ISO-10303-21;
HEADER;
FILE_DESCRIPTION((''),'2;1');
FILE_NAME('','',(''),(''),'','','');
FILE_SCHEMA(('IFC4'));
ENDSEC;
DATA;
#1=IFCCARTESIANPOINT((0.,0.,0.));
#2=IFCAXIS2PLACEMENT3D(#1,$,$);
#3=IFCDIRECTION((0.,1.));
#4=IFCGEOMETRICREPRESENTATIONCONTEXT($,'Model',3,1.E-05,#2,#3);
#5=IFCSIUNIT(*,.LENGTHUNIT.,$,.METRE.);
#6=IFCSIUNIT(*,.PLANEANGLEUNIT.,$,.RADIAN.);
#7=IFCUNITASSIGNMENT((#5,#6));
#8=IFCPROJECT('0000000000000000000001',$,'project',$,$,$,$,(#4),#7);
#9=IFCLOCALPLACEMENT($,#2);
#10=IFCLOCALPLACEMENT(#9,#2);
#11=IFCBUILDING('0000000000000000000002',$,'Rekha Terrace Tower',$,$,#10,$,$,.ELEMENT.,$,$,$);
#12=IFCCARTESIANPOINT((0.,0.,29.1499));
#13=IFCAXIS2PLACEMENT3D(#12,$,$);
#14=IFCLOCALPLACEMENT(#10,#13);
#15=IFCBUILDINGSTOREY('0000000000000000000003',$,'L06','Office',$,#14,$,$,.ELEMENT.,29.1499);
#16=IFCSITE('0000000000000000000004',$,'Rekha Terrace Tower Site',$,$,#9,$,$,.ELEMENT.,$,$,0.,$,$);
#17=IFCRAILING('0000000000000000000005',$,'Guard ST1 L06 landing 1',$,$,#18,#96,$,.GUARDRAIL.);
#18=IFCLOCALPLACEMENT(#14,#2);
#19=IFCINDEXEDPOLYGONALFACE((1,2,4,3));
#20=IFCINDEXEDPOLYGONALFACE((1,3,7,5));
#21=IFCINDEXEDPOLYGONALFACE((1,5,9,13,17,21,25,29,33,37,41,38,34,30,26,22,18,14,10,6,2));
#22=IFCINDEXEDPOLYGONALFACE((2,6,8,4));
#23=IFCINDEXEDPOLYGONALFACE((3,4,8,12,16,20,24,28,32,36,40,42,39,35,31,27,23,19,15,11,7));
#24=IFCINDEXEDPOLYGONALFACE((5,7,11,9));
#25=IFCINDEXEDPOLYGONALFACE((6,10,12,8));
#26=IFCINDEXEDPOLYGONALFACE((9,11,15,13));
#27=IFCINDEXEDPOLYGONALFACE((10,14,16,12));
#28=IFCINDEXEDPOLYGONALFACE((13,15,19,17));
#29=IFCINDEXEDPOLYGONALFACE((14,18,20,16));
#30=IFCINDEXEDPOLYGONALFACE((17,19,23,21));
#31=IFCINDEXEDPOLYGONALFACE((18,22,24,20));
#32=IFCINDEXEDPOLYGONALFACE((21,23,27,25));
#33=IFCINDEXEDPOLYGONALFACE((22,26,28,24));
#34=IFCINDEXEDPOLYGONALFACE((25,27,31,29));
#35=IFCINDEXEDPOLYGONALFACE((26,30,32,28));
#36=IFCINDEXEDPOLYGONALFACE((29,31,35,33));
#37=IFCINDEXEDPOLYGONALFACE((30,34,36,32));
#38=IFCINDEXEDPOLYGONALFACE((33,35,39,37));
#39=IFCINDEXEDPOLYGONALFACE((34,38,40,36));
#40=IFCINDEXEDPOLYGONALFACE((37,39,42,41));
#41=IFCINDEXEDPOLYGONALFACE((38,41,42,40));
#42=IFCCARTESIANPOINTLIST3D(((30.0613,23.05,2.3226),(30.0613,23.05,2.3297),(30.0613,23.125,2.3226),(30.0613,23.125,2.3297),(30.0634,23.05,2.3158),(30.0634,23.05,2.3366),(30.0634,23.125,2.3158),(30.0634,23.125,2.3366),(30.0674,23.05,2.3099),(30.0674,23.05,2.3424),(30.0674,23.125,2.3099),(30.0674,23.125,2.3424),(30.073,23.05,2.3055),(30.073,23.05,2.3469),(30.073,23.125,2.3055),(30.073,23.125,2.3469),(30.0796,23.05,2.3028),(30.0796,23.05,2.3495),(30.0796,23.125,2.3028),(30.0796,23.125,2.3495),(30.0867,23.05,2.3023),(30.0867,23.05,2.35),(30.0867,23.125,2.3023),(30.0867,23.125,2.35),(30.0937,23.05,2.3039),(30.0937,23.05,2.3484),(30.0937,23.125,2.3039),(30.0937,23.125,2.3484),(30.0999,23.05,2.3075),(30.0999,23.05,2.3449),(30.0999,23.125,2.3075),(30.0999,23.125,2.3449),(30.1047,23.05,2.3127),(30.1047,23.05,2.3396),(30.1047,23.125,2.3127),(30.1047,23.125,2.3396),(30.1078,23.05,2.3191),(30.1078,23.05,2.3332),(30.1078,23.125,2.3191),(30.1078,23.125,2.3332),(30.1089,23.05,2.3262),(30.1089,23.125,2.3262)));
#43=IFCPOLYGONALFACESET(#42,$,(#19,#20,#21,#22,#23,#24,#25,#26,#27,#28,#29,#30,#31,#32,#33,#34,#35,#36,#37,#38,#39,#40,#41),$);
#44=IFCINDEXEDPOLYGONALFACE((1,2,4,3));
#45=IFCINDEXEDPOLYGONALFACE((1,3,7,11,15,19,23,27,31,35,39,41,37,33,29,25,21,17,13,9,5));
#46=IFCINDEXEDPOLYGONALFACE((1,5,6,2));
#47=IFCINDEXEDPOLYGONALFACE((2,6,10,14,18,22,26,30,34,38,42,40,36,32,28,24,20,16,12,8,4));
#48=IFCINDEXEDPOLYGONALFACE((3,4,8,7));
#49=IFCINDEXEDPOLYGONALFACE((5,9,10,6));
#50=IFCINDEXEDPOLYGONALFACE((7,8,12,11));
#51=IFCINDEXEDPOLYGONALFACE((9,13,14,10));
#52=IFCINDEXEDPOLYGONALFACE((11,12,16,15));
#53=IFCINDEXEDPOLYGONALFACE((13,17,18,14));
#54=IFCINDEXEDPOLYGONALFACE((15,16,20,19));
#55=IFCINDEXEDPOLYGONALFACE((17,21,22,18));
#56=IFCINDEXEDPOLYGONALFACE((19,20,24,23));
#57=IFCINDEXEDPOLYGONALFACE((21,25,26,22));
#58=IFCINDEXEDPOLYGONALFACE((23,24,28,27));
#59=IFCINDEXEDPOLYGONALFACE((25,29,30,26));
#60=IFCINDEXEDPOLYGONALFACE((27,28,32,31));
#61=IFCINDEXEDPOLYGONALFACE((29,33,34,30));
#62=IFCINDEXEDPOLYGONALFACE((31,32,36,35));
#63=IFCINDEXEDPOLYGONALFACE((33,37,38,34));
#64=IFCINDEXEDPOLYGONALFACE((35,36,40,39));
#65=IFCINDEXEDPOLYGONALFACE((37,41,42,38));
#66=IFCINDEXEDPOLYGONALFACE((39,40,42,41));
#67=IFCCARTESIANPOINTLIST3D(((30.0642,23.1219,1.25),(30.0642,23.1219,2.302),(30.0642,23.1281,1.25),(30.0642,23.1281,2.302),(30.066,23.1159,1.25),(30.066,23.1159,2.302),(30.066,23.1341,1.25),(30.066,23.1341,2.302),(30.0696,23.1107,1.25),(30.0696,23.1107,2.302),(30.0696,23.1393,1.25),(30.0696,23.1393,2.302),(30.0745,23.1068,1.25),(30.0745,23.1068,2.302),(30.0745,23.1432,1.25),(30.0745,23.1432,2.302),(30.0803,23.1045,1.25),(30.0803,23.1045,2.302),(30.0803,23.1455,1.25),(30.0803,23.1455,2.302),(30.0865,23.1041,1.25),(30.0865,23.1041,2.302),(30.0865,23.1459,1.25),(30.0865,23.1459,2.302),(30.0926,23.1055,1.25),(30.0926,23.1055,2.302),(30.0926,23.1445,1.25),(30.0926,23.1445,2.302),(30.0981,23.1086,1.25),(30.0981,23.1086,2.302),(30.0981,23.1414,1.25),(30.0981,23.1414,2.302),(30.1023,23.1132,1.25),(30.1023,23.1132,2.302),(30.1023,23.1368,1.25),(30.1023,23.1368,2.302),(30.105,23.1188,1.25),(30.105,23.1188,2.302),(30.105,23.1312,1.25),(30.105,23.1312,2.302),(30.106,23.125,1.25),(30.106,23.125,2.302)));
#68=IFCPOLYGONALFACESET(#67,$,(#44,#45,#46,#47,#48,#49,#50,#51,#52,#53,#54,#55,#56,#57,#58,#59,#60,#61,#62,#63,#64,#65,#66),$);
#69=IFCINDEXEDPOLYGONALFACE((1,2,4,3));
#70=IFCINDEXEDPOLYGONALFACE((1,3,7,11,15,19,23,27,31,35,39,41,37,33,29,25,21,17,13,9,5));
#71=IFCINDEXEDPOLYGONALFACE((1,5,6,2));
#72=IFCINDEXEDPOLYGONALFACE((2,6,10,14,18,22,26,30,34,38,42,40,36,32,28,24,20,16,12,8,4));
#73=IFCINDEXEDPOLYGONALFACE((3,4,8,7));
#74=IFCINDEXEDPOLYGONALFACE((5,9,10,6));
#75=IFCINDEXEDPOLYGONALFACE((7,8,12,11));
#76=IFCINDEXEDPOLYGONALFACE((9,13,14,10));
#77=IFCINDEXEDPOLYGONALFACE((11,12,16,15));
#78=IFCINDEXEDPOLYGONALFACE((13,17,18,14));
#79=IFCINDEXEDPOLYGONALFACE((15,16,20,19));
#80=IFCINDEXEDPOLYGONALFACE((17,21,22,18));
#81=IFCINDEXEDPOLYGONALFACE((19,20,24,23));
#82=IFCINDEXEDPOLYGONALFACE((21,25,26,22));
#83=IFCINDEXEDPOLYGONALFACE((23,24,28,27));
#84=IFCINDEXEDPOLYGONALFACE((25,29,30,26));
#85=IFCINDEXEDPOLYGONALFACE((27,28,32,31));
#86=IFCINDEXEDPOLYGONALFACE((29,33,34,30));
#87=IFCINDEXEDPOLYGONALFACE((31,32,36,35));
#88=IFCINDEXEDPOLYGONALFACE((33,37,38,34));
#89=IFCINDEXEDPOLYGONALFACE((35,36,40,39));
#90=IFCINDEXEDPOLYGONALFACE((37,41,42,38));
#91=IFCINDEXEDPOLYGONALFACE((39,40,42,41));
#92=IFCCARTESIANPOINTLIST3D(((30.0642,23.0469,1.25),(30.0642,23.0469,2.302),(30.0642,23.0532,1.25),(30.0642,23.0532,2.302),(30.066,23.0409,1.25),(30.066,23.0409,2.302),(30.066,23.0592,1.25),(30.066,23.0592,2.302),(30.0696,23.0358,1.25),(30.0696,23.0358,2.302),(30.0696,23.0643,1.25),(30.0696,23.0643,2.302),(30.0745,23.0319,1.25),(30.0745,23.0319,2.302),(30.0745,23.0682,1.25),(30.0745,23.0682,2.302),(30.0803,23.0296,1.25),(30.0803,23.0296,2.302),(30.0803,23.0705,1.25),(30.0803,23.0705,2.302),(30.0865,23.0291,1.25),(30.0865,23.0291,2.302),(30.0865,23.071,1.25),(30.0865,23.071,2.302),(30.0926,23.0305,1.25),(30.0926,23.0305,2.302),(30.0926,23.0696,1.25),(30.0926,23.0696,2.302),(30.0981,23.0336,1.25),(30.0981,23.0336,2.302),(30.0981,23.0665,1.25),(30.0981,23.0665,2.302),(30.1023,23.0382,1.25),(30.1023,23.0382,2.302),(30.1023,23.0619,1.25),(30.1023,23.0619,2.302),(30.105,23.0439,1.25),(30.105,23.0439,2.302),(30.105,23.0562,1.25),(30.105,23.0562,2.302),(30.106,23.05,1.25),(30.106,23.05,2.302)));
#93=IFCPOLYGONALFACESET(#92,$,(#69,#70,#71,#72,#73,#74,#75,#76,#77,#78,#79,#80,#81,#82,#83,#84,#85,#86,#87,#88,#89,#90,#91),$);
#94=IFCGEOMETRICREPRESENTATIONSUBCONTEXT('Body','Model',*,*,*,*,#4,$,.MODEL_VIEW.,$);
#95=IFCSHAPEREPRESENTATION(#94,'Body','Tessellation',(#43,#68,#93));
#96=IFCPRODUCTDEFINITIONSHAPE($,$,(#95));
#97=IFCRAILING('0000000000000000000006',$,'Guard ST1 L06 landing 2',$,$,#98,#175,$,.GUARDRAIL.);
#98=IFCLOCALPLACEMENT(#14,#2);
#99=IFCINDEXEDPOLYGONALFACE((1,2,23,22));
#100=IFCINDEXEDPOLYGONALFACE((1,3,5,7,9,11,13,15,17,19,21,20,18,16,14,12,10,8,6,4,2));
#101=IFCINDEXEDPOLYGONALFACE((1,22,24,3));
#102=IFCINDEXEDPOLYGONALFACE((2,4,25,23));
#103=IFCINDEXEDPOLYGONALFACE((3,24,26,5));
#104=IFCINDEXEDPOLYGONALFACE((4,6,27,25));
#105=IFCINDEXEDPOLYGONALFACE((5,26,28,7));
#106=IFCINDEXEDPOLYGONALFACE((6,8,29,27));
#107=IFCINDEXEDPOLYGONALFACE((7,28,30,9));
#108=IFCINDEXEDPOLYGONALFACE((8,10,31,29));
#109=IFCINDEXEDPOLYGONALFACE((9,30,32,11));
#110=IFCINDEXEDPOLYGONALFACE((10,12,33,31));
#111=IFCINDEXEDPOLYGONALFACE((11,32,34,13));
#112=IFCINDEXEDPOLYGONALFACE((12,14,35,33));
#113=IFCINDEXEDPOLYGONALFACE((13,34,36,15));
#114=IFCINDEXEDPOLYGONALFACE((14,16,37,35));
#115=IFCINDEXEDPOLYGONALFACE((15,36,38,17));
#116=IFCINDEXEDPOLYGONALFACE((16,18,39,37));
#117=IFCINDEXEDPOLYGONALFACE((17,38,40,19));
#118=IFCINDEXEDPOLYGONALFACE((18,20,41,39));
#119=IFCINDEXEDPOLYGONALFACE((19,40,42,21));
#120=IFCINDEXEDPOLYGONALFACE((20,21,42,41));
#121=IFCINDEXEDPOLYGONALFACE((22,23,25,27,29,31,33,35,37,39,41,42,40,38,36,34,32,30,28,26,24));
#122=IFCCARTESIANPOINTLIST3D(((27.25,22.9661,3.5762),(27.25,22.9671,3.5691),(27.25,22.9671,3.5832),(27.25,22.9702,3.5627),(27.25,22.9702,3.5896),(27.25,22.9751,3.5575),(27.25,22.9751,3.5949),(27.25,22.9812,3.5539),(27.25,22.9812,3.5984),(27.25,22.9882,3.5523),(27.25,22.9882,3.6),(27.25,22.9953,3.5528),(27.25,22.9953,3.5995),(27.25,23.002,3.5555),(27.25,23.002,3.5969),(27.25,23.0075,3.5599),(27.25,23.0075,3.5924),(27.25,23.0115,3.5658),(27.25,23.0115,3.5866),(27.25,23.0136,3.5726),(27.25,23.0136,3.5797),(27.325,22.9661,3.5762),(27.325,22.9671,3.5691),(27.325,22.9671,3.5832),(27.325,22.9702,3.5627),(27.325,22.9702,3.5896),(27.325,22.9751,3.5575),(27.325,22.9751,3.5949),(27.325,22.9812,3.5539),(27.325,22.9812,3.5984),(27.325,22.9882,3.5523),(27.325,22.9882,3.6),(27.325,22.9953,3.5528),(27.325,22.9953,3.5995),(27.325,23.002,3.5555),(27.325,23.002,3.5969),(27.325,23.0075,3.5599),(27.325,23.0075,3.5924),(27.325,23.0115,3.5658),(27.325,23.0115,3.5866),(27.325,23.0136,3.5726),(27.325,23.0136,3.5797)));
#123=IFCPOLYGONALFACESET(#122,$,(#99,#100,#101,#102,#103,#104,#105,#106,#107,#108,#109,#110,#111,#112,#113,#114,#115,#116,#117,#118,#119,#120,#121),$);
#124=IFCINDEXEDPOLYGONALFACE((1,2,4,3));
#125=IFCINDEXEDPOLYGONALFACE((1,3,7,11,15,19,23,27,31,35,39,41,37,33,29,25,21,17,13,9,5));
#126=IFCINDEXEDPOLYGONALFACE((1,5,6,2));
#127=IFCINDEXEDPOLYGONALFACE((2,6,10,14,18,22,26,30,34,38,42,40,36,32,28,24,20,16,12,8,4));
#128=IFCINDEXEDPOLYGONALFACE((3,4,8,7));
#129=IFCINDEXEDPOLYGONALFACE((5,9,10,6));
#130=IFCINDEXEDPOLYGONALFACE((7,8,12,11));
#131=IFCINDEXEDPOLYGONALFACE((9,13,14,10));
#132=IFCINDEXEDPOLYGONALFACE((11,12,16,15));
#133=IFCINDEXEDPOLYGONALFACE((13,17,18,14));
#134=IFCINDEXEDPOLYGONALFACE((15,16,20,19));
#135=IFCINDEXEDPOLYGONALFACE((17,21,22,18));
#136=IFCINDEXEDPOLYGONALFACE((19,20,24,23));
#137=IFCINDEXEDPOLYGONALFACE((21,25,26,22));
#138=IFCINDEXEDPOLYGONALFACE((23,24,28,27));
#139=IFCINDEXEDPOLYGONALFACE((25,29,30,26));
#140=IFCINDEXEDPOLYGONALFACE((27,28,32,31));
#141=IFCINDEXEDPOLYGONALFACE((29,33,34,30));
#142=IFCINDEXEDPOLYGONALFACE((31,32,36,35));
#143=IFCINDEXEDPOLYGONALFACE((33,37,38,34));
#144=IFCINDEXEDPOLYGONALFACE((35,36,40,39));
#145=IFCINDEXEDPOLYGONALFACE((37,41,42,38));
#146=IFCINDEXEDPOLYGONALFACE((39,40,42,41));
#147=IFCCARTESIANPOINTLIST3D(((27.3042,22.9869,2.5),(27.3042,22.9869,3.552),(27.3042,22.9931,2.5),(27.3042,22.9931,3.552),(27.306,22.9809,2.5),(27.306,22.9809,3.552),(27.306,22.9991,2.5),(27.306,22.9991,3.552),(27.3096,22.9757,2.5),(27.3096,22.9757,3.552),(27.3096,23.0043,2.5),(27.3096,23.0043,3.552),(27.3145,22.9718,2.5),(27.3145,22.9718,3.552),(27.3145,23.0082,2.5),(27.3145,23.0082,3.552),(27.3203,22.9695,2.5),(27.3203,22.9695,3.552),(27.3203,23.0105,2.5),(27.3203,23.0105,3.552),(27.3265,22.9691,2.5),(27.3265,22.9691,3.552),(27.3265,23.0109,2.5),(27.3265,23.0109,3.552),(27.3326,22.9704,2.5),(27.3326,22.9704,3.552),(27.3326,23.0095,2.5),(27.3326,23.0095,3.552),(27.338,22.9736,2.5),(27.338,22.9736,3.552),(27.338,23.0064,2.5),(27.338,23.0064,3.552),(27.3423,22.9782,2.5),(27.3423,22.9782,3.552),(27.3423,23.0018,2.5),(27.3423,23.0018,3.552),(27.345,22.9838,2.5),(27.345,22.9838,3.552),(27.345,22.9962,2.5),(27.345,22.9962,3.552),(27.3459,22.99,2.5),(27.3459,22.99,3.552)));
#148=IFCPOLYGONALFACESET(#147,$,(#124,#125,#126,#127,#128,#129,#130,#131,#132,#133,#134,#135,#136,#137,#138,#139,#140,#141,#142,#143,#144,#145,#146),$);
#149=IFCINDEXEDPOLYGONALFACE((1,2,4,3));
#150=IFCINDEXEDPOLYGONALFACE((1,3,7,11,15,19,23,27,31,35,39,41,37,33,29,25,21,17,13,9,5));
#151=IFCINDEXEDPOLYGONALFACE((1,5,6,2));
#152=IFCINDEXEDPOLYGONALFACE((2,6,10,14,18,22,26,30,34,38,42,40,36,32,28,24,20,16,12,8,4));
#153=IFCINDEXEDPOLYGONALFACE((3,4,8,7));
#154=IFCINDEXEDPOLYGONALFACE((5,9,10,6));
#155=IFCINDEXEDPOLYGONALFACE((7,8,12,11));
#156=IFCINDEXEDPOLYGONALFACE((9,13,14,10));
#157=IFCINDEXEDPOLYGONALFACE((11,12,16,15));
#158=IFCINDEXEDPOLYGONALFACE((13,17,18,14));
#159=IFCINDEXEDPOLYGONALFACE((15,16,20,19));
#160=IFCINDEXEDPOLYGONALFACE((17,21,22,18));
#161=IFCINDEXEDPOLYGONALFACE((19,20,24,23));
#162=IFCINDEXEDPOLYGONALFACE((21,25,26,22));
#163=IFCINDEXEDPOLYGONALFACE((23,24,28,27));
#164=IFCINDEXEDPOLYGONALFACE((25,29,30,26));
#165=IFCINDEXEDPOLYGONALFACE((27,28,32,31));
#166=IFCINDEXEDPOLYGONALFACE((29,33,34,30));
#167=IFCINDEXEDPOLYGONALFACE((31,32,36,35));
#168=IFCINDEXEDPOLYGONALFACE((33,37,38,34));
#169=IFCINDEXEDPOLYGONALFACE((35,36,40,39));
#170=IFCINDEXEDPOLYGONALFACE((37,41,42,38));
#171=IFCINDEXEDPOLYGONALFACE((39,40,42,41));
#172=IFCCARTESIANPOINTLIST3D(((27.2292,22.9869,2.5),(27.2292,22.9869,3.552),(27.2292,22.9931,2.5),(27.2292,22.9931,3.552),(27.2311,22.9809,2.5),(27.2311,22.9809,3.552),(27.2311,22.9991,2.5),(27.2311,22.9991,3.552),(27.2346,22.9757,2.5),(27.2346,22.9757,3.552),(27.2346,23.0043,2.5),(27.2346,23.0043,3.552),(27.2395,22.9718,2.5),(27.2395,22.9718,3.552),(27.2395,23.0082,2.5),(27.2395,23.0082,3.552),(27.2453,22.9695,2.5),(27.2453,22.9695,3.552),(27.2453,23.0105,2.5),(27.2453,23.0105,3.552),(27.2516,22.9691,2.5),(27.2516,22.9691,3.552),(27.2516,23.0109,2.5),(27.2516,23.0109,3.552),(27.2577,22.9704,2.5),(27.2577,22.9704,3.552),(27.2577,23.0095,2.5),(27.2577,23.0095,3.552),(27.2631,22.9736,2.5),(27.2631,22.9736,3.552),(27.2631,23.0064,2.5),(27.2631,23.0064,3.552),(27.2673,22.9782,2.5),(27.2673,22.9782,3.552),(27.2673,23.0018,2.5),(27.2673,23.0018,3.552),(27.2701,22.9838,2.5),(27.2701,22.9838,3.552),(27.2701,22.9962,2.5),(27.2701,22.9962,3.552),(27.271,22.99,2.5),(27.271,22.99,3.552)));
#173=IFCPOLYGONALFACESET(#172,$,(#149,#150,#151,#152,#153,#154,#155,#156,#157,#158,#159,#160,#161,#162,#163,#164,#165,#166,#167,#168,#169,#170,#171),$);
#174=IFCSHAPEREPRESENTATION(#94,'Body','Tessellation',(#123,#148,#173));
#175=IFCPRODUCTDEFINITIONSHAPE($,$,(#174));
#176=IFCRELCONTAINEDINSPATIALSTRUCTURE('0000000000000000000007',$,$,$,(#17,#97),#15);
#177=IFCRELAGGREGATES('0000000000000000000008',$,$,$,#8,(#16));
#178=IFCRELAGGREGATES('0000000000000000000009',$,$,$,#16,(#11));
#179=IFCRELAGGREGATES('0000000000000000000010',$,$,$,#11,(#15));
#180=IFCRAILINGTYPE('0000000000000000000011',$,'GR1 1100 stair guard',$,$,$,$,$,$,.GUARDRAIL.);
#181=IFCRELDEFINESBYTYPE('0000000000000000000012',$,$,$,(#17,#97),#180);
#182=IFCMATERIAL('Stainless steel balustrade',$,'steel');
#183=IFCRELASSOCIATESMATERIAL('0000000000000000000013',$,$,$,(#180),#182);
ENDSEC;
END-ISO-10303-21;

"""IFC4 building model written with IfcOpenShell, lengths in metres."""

from ifc_helpers import new_model, si_unit, direction, frame, origin, origin_2d, place, context, subcontext, project, spatial, circle, extrude, material, type_object, element, save


model = new_model("IFC4")

# Units and contexts
model_context = context("Model", 3, precision=1e-05, world=origin(), true_north=direction((0.0, 1.0)))
body_context = subcontext(model_context, "Body", "Model", "MODEL_VIEW")
ifc_project = project(units=[si_unit("LENGTHUNIT", "METRE"), si_unit("PLANEANGLEUNIT", "RADIAN")], contexts=[model_context])

# Site, building, storey
site_placement = place(None, origin())
site = spatial("IfcSite", under=ifc_project, at=site_placement, Name="Rekha Terrace Tower Site", CompositionType="ELEMENT", RefElevation=0.0)
building_placement = place(site_placement, origin())
building = spatial("IfcBuilding", under=site, at=building_placement, Name="Rekha Terrace Tower", CompositionType="ELEMENT")
storey_placement = place(building_placement, frame((0.0, 0.0, 29.1499)))
storey = spatial("IfcBuildingStorey", under=building, at=storey_placement, Name="L06", Description="Office", CompositionType="ELEMENT", Elevation=29.1499)

# Railings
ifc_material_1 = material(Name="Stainless steel balustrade", Category="steel")
railing_type_1 = type_object("IfcRailingType", Name="GR1 1100 stair guard", PredefinedType="GUARDRAIL", material=ifc_material_1)
railing_1_placement = place(storey_placement, frame((30.085, 23.125, 1.25)))
element("IfcRailing", 1, at=railing_1_placement, inside=storey, type_object=railing_type_1, Name="Guard ST1 L06 landing 1", PredefinedType="GUARDRAIL", context=body_context, shape_type="SweptSolid", body=[
    extrude(circle(Radius=0.0239, at=origin_2d()), frame((0.0, 0.0, 1.0762), z_axis=(0.0, -1.0, 0.0), x_axis=(1.0, 0.0, 0.0)), (0.0, 0.0, 1.0), 0.075),
    extrude(circle(Radius=0.021, at=origin_2d()), origin(), (0.0, 0.0, 1.0), 1.052),
    extrude(circle(Radius=0.021, at=origin_2d()), frame((0.0, -0.075, 0.0)), (0.0, 0.0, 1.0), 1.052),
])
railing_2_placement = place(storey_placement, frame((27.325, 22.99, 2.5)))
element("IfcRailing", 2, at=railing_2_placement, inside=storey, type_object=railing_type_1, Name="Guard ST1 L06 landing 2", PredefinedType="GUARDRAIL", context=body_context, shape_type="SweptSolid", body=[
    extrude(circle(Radius=0.0239, at=origin_2d()), frame((0.0, 0.0, 1.0762), z_axis=(-1.0, 0.0, 0.0), x_axis=(0.0, -1.0, 0.0)), (0.0, 0.0, 1.0), 0.075),
    extrude(circle(Radius=0.021, at=origin_2d()), origin(), (0.0, 0.0, 1.0), 1.052),
    extrude(circle(Radius=0.021, at=origin_2d()), frame((-0.075, 0.0, 0.0)), (0.0, 0.0, 1.0), 1.052),
])

save(model, "model.ifc")
